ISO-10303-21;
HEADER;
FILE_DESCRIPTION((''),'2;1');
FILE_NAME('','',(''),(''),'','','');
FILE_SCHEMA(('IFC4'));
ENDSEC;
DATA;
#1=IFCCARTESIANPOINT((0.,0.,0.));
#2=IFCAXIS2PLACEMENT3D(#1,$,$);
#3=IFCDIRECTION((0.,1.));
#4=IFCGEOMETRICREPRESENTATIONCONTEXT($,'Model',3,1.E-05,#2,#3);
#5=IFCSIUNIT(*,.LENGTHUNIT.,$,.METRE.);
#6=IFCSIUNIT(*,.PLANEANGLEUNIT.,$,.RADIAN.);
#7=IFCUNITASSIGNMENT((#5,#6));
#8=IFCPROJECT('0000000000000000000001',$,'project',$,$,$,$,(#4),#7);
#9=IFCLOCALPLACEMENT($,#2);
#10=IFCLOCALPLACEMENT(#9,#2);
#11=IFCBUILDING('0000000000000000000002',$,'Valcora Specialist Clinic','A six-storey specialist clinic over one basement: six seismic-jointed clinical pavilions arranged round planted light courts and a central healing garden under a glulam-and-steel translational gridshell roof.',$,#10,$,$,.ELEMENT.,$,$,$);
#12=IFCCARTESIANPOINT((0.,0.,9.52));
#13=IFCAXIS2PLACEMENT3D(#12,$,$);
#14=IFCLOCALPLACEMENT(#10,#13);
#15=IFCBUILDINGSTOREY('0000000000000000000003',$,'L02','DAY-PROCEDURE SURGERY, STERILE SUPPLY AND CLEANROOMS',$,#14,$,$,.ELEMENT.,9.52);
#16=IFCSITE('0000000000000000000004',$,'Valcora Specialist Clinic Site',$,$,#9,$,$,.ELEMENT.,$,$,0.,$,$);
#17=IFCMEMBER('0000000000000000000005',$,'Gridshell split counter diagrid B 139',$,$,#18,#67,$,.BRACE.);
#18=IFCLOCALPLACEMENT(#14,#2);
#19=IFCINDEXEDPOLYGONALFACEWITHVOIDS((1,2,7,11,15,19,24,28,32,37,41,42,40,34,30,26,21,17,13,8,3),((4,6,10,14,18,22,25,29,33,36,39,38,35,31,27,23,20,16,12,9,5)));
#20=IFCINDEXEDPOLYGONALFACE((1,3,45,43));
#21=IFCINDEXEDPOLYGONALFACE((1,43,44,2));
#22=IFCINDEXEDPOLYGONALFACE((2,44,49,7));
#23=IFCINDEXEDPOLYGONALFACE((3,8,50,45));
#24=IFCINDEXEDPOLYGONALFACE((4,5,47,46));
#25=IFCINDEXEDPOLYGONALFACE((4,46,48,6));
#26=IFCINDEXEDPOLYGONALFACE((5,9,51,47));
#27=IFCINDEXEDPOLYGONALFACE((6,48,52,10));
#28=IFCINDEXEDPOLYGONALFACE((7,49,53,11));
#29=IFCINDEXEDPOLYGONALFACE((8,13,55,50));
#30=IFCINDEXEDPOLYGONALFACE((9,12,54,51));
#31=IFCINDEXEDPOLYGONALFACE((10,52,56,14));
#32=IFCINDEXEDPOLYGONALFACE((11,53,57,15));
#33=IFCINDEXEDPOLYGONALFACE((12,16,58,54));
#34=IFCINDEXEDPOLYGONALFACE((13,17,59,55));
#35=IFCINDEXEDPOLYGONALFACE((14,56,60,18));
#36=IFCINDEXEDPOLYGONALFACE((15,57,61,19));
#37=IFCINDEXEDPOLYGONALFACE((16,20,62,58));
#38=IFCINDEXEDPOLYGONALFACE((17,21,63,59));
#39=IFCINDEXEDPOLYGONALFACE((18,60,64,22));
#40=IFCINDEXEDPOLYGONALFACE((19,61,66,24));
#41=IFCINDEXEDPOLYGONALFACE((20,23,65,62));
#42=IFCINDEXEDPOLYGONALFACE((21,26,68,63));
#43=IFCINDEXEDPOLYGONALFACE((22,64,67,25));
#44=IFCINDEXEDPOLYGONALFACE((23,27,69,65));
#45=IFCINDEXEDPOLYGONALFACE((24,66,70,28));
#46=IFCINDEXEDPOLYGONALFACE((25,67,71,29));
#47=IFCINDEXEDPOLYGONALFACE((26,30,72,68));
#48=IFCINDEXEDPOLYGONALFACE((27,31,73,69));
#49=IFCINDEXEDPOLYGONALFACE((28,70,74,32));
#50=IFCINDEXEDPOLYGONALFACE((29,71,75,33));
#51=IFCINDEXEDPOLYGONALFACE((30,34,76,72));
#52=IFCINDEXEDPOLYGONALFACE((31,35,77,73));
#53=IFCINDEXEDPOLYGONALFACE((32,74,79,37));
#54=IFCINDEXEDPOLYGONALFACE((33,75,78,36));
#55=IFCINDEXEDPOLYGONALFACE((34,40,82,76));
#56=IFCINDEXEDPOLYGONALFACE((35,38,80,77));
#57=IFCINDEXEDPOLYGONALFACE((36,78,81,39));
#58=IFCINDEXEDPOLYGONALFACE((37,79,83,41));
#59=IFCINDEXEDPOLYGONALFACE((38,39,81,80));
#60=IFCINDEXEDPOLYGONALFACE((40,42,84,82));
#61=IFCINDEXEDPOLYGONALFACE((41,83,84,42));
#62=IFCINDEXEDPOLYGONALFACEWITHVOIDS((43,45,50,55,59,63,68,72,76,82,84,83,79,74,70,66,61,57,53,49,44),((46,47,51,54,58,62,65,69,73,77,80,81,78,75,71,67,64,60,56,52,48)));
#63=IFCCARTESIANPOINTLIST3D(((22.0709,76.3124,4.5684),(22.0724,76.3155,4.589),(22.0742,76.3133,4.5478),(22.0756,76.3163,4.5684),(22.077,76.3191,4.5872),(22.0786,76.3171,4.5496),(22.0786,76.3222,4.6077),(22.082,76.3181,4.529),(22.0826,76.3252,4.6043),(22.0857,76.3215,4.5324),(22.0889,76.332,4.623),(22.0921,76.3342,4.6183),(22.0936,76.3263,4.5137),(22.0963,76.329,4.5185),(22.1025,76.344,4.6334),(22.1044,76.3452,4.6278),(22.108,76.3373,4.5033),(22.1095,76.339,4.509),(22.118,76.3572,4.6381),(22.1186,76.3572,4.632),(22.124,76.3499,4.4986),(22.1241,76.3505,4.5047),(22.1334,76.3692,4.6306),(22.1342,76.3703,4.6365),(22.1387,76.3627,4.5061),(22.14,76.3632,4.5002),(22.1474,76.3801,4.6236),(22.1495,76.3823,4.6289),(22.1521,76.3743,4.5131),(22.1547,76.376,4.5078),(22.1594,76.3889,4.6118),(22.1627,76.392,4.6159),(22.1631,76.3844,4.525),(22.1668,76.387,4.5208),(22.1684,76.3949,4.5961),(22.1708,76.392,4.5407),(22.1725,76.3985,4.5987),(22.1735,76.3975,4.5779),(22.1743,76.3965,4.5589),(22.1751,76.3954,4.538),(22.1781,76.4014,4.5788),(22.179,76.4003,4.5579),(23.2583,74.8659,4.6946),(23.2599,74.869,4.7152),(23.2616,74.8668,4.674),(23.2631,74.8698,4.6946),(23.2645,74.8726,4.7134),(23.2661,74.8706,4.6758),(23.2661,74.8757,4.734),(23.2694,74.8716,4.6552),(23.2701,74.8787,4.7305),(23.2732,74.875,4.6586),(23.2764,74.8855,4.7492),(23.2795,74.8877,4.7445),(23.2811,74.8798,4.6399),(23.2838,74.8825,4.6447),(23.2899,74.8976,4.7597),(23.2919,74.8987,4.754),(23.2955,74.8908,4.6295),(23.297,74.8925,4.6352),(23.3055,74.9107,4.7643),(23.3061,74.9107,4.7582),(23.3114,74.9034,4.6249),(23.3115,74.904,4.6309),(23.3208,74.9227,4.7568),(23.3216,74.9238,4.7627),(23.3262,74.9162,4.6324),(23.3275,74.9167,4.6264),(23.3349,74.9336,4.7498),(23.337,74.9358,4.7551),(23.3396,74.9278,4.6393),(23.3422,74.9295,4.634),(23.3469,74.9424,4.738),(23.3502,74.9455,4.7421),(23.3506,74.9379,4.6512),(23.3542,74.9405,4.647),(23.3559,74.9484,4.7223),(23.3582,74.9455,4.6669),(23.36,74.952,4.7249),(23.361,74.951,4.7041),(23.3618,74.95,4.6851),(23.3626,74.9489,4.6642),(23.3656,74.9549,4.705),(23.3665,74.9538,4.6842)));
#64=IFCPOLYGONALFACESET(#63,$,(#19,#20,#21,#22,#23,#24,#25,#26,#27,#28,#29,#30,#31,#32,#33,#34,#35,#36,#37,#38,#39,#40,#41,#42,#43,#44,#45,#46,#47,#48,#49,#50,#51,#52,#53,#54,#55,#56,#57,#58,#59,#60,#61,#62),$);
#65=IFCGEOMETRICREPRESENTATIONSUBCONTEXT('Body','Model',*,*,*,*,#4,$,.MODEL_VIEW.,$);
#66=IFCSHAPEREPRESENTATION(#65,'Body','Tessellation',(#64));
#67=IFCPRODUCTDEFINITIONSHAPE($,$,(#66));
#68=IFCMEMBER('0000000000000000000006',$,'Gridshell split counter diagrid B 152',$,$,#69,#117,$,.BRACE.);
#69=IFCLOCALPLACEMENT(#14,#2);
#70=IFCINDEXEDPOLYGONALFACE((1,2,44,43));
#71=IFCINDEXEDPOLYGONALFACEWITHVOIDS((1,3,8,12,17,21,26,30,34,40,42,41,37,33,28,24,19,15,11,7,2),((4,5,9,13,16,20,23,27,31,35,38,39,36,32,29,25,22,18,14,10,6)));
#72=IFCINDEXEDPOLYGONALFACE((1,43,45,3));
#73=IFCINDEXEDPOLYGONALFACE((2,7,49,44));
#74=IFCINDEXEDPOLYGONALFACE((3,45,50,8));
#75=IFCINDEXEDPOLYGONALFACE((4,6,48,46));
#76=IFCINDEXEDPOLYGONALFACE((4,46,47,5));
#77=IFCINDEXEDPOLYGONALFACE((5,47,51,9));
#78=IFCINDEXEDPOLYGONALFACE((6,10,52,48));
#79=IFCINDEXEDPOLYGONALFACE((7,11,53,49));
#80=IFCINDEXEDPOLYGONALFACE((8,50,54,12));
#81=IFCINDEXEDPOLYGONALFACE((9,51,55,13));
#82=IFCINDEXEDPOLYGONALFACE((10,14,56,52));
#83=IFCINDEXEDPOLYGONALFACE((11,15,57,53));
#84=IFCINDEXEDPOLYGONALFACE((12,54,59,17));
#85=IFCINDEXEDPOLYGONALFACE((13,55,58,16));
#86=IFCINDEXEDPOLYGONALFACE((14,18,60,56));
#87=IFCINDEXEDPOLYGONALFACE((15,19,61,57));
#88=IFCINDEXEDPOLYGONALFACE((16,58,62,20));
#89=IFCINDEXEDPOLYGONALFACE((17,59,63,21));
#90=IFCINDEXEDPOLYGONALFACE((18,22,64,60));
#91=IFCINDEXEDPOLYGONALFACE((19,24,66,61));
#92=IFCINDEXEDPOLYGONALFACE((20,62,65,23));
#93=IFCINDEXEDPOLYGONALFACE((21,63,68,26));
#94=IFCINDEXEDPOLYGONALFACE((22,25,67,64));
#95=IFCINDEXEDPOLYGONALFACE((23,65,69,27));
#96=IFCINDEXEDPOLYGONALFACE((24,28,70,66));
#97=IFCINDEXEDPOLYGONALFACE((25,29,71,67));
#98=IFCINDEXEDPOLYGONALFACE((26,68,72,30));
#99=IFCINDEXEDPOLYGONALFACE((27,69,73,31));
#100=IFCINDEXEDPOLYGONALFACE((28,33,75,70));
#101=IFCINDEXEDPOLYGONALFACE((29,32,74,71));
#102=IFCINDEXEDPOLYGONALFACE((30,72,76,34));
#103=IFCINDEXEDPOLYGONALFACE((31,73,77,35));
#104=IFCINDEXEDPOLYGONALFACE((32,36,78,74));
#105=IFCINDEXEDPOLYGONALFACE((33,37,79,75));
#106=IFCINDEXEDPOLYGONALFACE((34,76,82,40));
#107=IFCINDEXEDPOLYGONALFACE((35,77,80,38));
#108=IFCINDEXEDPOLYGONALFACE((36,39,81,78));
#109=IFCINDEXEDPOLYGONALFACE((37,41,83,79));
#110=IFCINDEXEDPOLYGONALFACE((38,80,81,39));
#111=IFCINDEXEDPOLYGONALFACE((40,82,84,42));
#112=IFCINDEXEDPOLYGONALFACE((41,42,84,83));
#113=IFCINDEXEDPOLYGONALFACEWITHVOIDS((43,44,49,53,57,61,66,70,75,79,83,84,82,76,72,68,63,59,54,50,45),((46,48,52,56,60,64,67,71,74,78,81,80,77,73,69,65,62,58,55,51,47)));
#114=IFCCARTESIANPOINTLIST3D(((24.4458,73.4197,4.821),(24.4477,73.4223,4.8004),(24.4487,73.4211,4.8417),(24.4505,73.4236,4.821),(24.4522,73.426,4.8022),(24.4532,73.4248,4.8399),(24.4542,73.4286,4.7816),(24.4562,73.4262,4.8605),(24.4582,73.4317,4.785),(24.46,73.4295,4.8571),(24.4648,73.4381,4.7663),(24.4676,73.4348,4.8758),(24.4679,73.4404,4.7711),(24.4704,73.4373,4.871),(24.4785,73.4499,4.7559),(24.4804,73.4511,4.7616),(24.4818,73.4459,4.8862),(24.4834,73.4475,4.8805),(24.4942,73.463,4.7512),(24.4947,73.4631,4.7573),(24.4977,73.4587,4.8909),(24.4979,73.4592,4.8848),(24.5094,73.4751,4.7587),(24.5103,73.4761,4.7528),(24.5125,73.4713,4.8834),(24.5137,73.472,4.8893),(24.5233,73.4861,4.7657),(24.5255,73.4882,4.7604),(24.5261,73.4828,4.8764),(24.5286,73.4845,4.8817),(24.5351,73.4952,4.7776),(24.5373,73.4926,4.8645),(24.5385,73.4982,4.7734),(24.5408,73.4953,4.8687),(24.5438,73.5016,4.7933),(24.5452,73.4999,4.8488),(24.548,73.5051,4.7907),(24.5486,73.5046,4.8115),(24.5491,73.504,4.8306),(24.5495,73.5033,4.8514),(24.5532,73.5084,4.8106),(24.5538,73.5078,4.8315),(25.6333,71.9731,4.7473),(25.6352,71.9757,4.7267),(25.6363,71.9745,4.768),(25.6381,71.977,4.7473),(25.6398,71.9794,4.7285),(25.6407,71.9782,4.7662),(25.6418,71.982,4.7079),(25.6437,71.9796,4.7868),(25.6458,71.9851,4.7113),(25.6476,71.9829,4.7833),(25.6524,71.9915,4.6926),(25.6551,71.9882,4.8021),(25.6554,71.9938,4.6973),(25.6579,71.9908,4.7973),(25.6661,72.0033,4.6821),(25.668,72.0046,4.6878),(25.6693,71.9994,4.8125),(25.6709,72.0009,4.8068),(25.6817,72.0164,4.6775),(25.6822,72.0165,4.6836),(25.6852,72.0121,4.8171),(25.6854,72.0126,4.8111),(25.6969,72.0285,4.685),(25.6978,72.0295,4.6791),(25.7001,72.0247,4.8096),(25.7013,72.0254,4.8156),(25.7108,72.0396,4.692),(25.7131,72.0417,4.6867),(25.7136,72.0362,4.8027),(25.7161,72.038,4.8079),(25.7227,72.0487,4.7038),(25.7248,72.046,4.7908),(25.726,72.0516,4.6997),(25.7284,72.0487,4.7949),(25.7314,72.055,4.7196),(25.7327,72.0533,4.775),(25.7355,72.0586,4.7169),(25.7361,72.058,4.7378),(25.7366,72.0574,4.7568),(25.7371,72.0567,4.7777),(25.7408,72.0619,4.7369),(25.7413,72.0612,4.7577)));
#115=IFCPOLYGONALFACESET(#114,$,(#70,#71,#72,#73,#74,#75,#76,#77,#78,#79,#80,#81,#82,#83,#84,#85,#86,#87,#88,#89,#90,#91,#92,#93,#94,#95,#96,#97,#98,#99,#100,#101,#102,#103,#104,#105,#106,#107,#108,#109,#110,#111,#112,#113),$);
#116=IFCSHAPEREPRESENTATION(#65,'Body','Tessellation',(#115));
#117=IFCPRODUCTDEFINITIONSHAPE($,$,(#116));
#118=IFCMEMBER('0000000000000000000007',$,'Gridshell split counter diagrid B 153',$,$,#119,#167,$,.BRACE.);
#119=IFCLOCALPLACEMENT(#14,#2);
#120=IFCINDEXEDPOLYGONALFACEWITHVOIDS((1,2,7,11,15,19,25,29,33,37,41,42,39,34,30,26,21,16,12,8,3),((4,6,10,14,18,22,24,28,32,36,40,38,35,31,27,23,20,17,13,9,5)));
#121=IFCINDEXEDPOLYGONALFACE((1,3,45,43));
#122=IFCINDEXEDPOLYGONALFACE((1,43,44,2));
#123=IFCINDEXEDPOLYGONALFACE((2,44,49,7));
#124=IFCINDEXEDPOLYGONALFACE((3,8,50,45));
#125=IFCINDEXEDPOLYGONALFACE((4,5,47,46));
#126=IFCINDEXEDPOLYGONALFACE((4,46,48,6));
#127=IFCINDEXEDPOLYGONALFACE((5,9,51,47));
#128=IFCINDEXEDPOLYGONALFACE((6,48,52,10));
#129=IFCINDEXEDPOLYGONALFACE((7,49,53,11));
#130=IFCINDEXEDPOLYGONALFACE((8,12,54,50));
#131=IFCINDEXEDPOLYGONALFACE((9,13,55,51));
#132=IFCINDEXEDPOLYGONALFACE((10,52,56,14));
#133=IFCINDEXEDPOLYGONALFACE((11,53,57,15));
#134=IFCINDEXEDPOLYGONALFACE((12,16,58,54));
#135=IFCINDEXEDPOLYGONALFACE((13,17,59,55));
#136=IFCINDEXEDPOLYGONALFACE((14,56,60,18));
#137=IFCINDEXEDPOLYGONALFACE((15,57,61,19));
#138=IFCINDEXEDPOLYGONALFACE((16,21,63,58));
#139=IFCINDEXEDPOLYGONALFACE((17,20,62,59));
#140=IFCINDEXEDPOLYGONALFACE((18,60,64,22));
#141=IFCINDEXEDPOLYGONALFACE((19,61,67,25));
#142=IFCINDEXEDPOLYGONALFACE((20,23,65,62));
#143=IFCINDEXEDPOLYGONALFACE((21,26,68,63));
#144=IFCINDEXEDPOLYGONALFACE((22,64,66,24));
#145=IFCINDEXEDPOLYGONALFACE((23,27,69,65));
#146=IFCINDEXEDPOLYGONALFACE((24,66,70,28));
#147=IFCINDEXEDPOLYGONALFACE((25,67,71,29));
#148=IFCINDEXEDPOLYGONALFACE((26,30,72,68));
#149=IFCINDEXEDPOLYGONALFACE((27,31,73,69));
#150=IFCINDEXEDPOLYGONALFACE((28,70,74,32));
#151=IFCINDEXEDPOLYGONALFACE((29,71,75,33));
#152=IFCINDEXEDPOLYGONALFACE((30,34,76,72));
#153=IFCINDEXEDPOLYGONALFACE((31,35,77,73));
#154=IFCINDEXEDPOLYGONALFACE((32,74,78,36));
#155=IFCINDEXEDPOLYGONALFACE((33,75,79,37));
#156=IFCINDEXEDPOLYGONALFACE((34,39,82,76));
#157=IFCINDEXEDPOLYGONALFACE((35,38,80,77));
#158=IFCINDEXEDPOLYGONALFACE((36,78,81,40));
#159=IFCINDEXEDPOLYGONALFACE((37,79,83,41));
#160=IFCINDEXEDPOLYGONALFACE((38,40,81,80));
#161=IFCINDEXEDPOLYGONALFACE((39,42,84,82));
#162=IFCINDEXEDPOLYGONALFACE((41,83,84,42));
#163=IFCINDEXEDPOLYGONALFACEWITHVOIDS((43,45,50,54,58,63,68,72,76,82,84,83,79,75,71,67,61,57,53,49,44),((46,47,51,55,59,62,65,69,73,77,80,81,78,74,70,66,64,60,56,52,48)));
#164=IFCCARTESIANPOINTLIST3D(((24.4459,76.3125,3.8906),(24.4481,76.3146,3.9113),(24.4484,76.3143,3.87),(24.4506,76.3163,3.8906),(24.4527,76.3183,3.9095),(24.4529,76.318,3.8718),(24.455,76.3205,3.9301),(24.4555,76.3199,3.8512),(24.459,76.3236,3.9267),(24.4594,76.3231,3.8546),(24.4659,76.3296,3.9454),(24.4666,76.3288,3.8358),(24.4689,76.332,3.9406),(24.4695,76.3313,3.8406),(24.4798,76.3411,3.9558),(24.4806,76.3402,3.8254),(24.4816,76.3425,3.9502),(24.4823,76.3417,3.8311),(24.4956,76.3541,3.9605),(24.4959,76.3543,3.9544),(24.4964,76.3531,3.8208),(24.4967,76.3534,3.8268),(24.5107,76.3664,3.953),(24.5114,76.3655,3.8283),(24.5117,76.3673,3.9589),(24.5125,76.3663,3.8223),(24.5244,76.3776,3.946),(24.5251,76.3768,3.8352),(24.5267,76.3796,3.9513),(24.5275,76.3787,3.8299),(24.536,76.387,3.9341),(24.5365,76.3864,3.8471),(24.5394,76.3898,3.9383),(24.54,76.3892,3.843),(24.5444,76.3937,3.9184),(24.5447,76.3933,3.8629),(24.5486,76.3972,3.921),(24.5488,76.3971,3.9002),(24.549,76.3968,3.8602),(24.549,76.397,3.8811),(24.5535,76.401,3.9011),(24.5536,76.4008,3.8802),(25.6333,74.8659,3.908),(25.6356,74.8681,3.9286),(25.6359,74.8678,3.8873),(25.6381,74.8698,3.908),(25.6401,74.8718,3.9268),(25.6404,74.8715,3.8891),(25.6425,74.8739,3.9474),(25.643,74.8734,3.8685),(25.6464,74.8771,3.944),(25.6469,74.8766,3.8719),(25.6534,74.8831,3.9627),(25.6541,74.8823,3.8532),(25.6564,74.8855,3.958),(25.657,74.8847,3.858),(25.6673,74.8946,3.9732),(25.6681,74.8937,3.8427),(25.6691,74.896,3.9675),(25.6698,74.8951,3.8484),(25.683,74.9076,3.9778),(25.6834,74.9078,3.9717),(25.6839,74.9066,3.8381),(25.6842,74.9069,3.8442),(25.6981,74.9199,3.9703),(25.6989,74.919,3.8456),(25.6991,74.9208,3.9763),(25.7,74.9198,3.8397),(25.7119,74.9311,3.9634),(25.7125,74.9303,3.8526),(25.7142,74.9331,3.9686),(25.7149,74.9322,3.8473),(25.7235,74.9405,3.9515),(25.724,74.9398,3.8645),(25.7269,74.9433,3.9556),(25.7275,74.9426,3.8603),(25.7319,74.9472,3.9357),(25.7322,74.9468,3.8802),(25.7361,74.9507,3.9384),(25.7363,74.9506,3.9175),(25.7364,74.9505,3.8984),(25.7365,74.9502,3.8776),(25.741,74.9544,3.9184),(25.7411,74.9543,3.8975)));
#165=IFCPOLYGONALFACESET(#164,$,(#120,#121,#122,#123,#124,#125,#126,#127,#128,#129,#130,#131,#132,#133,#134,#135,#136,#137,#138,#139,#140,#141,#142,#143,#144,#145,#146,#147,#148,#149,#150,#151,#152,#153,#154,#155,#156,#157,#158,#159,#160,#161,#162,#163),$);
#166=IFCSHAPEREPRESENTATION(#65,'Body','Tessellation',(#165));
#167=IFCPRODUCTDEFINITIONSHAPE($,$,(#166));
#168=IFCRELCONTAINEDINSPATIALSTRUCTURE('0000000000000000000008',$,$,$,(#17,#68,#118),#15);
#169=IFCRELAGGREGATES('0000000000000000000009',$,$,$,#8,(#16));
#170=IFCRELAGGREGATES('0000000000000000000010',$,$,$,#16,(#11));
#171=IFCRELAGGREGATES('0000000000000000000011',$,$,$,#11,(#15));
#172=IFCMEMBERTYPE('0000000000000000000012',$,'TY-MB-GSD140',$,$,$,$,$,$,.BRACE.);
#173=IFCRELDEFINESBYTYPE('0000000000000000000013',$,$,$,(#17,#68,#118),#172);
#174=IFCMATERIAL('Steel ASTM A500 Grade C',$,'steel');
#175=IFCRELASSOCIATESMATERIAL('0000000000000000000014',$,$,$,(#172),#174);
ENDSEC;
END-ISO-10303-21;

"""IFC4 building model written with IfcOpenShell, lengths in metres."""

from ifc_helpers import new_model, si_unit, direction, frame, origin, origin_2d, place, context, subcontext, project, spatial, hollow_circle, extrude, material, material_profile, profile_set, type_object, element, save


model = new_model("IFC4")

# Units and contexts
model_context = context("Model", 3, precision=1e-05, world=origin(), true_north=direction((0.0, 1.0)))
body_context = subcontext(model_context, "Body", "Model", "MODEL_VIEW")
ifc_project = project(units=[si_unit("LENGTHUNIT", "METRE"), si_unit("PLANEANGLEUNIT", "RADIAN")], contexts=[model_context])

# Site, building, storey
site_placement = place(None, origin())
site = spatial("IfcSite", under=ifc_project, at=site_placement, Name="Valcora Specialist Clinic Site", CompositionType="ELEMENT", RefElevation=0.0)
building_placement = place(site_placement, origin())
building = spatial("IfcBuilding", under=site, at=building_placement, Name="Valcora Specialist Clinic", Description="A six-storey specialist clinic over one basement: six seismic-jointed clinical pavilions arranged round planted light courts and a central healing garden under a glulam-and-steel translational gridshell roof.", CompositionType="ELEMENT")
storey_placement = place(building_placement, frame((0.0, 0.0, 9.52)))
storey = spatial("IfcBuildingStorey", under=building, at=storey_placement, Name="L02", Description="DAY-PROCEDURE SURGERY, STERILE SUPPLY AND CLEANROOMS", CompositionType="ELEMENT", Elevation=9.52)

# Members
ifc_material_1 = material(Name="Steel ASTM A500 Grade C", Category="steel")
ifc_material_profile_1 = material_profile(ifc_material_1, hollow_circle(Radius=0.0701, WallThickness=0.0061, at=origin_2d()), Name="ST-CHS-140X6")
ifc_profile_set_1 = profile_set([ifc_material_profile_1], Name="Steel ASTM A500 Grade C")
member_type_1 = type_object("IfcMemberType", Name="TY-MB-GSD140", PredefinedType="BRACE", material=ifc_profile_set_1)
member_1_placement = place(storey_placement, frame((23.3125, 74.9104, 4.6946), z_axis=(-0.63307, 0.771164, -0.06729), x_axis=(-0.772916, -0.634508, 0.0)))
element("IfcMember", 1, at=member_1_placement, inside=storey, type_object=member_type_1, Name="Gridshell split counter diagrid B 139", PredefinedType="BRACE", context=body_context, shape_type="SweptSolid", body=[
    extrude(hollow_circle(Radius=0.0701, WallThickness=0.0061, at=origin_2d()), origin(), (0.0, 0.0, 1.0), 1.8757),
])
member_2_placement = place(storey_placement, frame((25.6875, 72.0176, 4.7473), z_axis=(-0.634017, 0.772317, 0.039365), x_axis=(-0.772916, -0.634508, 0.0)))
element("IfcMember", 2, at=member_2_placement, inside=storey, type_object=member_type_1, Name="Gridshell split counter diagrid B 152", PredefinedType="BRACE", context=body_context, shape_type="SweptSolid", body=[
    extrude(hollow_circle(Radius=0.0701, WallThickness=0.0061, at=origin_2d()), origin(), (0.0, 0.0, 1.0), 1.873),
])
member_3_placement = place(storey_placement, frame((25.6875, 74.9104, 3.908), z_axis=(-0.634481, 0.772883, -0.009262), x_axis=(-0.772916, -0.634508, 0.0)))
element("IfcMember", 3, at=member_3_placement, inside=storey, type_object=member_type_1, Name="Gridshell split counter diagrid B 153", PredefinedType="BRACE", context=body_context, shape_type="SweptSolid", body=[
    extrude(hollow_circle(Radius=0.0701, WallThickness=0.0061, at=origin_2d()), origin(), (0.0, 0.0, 1.0), 1.8716),
])

save(model, "model.ifc")
